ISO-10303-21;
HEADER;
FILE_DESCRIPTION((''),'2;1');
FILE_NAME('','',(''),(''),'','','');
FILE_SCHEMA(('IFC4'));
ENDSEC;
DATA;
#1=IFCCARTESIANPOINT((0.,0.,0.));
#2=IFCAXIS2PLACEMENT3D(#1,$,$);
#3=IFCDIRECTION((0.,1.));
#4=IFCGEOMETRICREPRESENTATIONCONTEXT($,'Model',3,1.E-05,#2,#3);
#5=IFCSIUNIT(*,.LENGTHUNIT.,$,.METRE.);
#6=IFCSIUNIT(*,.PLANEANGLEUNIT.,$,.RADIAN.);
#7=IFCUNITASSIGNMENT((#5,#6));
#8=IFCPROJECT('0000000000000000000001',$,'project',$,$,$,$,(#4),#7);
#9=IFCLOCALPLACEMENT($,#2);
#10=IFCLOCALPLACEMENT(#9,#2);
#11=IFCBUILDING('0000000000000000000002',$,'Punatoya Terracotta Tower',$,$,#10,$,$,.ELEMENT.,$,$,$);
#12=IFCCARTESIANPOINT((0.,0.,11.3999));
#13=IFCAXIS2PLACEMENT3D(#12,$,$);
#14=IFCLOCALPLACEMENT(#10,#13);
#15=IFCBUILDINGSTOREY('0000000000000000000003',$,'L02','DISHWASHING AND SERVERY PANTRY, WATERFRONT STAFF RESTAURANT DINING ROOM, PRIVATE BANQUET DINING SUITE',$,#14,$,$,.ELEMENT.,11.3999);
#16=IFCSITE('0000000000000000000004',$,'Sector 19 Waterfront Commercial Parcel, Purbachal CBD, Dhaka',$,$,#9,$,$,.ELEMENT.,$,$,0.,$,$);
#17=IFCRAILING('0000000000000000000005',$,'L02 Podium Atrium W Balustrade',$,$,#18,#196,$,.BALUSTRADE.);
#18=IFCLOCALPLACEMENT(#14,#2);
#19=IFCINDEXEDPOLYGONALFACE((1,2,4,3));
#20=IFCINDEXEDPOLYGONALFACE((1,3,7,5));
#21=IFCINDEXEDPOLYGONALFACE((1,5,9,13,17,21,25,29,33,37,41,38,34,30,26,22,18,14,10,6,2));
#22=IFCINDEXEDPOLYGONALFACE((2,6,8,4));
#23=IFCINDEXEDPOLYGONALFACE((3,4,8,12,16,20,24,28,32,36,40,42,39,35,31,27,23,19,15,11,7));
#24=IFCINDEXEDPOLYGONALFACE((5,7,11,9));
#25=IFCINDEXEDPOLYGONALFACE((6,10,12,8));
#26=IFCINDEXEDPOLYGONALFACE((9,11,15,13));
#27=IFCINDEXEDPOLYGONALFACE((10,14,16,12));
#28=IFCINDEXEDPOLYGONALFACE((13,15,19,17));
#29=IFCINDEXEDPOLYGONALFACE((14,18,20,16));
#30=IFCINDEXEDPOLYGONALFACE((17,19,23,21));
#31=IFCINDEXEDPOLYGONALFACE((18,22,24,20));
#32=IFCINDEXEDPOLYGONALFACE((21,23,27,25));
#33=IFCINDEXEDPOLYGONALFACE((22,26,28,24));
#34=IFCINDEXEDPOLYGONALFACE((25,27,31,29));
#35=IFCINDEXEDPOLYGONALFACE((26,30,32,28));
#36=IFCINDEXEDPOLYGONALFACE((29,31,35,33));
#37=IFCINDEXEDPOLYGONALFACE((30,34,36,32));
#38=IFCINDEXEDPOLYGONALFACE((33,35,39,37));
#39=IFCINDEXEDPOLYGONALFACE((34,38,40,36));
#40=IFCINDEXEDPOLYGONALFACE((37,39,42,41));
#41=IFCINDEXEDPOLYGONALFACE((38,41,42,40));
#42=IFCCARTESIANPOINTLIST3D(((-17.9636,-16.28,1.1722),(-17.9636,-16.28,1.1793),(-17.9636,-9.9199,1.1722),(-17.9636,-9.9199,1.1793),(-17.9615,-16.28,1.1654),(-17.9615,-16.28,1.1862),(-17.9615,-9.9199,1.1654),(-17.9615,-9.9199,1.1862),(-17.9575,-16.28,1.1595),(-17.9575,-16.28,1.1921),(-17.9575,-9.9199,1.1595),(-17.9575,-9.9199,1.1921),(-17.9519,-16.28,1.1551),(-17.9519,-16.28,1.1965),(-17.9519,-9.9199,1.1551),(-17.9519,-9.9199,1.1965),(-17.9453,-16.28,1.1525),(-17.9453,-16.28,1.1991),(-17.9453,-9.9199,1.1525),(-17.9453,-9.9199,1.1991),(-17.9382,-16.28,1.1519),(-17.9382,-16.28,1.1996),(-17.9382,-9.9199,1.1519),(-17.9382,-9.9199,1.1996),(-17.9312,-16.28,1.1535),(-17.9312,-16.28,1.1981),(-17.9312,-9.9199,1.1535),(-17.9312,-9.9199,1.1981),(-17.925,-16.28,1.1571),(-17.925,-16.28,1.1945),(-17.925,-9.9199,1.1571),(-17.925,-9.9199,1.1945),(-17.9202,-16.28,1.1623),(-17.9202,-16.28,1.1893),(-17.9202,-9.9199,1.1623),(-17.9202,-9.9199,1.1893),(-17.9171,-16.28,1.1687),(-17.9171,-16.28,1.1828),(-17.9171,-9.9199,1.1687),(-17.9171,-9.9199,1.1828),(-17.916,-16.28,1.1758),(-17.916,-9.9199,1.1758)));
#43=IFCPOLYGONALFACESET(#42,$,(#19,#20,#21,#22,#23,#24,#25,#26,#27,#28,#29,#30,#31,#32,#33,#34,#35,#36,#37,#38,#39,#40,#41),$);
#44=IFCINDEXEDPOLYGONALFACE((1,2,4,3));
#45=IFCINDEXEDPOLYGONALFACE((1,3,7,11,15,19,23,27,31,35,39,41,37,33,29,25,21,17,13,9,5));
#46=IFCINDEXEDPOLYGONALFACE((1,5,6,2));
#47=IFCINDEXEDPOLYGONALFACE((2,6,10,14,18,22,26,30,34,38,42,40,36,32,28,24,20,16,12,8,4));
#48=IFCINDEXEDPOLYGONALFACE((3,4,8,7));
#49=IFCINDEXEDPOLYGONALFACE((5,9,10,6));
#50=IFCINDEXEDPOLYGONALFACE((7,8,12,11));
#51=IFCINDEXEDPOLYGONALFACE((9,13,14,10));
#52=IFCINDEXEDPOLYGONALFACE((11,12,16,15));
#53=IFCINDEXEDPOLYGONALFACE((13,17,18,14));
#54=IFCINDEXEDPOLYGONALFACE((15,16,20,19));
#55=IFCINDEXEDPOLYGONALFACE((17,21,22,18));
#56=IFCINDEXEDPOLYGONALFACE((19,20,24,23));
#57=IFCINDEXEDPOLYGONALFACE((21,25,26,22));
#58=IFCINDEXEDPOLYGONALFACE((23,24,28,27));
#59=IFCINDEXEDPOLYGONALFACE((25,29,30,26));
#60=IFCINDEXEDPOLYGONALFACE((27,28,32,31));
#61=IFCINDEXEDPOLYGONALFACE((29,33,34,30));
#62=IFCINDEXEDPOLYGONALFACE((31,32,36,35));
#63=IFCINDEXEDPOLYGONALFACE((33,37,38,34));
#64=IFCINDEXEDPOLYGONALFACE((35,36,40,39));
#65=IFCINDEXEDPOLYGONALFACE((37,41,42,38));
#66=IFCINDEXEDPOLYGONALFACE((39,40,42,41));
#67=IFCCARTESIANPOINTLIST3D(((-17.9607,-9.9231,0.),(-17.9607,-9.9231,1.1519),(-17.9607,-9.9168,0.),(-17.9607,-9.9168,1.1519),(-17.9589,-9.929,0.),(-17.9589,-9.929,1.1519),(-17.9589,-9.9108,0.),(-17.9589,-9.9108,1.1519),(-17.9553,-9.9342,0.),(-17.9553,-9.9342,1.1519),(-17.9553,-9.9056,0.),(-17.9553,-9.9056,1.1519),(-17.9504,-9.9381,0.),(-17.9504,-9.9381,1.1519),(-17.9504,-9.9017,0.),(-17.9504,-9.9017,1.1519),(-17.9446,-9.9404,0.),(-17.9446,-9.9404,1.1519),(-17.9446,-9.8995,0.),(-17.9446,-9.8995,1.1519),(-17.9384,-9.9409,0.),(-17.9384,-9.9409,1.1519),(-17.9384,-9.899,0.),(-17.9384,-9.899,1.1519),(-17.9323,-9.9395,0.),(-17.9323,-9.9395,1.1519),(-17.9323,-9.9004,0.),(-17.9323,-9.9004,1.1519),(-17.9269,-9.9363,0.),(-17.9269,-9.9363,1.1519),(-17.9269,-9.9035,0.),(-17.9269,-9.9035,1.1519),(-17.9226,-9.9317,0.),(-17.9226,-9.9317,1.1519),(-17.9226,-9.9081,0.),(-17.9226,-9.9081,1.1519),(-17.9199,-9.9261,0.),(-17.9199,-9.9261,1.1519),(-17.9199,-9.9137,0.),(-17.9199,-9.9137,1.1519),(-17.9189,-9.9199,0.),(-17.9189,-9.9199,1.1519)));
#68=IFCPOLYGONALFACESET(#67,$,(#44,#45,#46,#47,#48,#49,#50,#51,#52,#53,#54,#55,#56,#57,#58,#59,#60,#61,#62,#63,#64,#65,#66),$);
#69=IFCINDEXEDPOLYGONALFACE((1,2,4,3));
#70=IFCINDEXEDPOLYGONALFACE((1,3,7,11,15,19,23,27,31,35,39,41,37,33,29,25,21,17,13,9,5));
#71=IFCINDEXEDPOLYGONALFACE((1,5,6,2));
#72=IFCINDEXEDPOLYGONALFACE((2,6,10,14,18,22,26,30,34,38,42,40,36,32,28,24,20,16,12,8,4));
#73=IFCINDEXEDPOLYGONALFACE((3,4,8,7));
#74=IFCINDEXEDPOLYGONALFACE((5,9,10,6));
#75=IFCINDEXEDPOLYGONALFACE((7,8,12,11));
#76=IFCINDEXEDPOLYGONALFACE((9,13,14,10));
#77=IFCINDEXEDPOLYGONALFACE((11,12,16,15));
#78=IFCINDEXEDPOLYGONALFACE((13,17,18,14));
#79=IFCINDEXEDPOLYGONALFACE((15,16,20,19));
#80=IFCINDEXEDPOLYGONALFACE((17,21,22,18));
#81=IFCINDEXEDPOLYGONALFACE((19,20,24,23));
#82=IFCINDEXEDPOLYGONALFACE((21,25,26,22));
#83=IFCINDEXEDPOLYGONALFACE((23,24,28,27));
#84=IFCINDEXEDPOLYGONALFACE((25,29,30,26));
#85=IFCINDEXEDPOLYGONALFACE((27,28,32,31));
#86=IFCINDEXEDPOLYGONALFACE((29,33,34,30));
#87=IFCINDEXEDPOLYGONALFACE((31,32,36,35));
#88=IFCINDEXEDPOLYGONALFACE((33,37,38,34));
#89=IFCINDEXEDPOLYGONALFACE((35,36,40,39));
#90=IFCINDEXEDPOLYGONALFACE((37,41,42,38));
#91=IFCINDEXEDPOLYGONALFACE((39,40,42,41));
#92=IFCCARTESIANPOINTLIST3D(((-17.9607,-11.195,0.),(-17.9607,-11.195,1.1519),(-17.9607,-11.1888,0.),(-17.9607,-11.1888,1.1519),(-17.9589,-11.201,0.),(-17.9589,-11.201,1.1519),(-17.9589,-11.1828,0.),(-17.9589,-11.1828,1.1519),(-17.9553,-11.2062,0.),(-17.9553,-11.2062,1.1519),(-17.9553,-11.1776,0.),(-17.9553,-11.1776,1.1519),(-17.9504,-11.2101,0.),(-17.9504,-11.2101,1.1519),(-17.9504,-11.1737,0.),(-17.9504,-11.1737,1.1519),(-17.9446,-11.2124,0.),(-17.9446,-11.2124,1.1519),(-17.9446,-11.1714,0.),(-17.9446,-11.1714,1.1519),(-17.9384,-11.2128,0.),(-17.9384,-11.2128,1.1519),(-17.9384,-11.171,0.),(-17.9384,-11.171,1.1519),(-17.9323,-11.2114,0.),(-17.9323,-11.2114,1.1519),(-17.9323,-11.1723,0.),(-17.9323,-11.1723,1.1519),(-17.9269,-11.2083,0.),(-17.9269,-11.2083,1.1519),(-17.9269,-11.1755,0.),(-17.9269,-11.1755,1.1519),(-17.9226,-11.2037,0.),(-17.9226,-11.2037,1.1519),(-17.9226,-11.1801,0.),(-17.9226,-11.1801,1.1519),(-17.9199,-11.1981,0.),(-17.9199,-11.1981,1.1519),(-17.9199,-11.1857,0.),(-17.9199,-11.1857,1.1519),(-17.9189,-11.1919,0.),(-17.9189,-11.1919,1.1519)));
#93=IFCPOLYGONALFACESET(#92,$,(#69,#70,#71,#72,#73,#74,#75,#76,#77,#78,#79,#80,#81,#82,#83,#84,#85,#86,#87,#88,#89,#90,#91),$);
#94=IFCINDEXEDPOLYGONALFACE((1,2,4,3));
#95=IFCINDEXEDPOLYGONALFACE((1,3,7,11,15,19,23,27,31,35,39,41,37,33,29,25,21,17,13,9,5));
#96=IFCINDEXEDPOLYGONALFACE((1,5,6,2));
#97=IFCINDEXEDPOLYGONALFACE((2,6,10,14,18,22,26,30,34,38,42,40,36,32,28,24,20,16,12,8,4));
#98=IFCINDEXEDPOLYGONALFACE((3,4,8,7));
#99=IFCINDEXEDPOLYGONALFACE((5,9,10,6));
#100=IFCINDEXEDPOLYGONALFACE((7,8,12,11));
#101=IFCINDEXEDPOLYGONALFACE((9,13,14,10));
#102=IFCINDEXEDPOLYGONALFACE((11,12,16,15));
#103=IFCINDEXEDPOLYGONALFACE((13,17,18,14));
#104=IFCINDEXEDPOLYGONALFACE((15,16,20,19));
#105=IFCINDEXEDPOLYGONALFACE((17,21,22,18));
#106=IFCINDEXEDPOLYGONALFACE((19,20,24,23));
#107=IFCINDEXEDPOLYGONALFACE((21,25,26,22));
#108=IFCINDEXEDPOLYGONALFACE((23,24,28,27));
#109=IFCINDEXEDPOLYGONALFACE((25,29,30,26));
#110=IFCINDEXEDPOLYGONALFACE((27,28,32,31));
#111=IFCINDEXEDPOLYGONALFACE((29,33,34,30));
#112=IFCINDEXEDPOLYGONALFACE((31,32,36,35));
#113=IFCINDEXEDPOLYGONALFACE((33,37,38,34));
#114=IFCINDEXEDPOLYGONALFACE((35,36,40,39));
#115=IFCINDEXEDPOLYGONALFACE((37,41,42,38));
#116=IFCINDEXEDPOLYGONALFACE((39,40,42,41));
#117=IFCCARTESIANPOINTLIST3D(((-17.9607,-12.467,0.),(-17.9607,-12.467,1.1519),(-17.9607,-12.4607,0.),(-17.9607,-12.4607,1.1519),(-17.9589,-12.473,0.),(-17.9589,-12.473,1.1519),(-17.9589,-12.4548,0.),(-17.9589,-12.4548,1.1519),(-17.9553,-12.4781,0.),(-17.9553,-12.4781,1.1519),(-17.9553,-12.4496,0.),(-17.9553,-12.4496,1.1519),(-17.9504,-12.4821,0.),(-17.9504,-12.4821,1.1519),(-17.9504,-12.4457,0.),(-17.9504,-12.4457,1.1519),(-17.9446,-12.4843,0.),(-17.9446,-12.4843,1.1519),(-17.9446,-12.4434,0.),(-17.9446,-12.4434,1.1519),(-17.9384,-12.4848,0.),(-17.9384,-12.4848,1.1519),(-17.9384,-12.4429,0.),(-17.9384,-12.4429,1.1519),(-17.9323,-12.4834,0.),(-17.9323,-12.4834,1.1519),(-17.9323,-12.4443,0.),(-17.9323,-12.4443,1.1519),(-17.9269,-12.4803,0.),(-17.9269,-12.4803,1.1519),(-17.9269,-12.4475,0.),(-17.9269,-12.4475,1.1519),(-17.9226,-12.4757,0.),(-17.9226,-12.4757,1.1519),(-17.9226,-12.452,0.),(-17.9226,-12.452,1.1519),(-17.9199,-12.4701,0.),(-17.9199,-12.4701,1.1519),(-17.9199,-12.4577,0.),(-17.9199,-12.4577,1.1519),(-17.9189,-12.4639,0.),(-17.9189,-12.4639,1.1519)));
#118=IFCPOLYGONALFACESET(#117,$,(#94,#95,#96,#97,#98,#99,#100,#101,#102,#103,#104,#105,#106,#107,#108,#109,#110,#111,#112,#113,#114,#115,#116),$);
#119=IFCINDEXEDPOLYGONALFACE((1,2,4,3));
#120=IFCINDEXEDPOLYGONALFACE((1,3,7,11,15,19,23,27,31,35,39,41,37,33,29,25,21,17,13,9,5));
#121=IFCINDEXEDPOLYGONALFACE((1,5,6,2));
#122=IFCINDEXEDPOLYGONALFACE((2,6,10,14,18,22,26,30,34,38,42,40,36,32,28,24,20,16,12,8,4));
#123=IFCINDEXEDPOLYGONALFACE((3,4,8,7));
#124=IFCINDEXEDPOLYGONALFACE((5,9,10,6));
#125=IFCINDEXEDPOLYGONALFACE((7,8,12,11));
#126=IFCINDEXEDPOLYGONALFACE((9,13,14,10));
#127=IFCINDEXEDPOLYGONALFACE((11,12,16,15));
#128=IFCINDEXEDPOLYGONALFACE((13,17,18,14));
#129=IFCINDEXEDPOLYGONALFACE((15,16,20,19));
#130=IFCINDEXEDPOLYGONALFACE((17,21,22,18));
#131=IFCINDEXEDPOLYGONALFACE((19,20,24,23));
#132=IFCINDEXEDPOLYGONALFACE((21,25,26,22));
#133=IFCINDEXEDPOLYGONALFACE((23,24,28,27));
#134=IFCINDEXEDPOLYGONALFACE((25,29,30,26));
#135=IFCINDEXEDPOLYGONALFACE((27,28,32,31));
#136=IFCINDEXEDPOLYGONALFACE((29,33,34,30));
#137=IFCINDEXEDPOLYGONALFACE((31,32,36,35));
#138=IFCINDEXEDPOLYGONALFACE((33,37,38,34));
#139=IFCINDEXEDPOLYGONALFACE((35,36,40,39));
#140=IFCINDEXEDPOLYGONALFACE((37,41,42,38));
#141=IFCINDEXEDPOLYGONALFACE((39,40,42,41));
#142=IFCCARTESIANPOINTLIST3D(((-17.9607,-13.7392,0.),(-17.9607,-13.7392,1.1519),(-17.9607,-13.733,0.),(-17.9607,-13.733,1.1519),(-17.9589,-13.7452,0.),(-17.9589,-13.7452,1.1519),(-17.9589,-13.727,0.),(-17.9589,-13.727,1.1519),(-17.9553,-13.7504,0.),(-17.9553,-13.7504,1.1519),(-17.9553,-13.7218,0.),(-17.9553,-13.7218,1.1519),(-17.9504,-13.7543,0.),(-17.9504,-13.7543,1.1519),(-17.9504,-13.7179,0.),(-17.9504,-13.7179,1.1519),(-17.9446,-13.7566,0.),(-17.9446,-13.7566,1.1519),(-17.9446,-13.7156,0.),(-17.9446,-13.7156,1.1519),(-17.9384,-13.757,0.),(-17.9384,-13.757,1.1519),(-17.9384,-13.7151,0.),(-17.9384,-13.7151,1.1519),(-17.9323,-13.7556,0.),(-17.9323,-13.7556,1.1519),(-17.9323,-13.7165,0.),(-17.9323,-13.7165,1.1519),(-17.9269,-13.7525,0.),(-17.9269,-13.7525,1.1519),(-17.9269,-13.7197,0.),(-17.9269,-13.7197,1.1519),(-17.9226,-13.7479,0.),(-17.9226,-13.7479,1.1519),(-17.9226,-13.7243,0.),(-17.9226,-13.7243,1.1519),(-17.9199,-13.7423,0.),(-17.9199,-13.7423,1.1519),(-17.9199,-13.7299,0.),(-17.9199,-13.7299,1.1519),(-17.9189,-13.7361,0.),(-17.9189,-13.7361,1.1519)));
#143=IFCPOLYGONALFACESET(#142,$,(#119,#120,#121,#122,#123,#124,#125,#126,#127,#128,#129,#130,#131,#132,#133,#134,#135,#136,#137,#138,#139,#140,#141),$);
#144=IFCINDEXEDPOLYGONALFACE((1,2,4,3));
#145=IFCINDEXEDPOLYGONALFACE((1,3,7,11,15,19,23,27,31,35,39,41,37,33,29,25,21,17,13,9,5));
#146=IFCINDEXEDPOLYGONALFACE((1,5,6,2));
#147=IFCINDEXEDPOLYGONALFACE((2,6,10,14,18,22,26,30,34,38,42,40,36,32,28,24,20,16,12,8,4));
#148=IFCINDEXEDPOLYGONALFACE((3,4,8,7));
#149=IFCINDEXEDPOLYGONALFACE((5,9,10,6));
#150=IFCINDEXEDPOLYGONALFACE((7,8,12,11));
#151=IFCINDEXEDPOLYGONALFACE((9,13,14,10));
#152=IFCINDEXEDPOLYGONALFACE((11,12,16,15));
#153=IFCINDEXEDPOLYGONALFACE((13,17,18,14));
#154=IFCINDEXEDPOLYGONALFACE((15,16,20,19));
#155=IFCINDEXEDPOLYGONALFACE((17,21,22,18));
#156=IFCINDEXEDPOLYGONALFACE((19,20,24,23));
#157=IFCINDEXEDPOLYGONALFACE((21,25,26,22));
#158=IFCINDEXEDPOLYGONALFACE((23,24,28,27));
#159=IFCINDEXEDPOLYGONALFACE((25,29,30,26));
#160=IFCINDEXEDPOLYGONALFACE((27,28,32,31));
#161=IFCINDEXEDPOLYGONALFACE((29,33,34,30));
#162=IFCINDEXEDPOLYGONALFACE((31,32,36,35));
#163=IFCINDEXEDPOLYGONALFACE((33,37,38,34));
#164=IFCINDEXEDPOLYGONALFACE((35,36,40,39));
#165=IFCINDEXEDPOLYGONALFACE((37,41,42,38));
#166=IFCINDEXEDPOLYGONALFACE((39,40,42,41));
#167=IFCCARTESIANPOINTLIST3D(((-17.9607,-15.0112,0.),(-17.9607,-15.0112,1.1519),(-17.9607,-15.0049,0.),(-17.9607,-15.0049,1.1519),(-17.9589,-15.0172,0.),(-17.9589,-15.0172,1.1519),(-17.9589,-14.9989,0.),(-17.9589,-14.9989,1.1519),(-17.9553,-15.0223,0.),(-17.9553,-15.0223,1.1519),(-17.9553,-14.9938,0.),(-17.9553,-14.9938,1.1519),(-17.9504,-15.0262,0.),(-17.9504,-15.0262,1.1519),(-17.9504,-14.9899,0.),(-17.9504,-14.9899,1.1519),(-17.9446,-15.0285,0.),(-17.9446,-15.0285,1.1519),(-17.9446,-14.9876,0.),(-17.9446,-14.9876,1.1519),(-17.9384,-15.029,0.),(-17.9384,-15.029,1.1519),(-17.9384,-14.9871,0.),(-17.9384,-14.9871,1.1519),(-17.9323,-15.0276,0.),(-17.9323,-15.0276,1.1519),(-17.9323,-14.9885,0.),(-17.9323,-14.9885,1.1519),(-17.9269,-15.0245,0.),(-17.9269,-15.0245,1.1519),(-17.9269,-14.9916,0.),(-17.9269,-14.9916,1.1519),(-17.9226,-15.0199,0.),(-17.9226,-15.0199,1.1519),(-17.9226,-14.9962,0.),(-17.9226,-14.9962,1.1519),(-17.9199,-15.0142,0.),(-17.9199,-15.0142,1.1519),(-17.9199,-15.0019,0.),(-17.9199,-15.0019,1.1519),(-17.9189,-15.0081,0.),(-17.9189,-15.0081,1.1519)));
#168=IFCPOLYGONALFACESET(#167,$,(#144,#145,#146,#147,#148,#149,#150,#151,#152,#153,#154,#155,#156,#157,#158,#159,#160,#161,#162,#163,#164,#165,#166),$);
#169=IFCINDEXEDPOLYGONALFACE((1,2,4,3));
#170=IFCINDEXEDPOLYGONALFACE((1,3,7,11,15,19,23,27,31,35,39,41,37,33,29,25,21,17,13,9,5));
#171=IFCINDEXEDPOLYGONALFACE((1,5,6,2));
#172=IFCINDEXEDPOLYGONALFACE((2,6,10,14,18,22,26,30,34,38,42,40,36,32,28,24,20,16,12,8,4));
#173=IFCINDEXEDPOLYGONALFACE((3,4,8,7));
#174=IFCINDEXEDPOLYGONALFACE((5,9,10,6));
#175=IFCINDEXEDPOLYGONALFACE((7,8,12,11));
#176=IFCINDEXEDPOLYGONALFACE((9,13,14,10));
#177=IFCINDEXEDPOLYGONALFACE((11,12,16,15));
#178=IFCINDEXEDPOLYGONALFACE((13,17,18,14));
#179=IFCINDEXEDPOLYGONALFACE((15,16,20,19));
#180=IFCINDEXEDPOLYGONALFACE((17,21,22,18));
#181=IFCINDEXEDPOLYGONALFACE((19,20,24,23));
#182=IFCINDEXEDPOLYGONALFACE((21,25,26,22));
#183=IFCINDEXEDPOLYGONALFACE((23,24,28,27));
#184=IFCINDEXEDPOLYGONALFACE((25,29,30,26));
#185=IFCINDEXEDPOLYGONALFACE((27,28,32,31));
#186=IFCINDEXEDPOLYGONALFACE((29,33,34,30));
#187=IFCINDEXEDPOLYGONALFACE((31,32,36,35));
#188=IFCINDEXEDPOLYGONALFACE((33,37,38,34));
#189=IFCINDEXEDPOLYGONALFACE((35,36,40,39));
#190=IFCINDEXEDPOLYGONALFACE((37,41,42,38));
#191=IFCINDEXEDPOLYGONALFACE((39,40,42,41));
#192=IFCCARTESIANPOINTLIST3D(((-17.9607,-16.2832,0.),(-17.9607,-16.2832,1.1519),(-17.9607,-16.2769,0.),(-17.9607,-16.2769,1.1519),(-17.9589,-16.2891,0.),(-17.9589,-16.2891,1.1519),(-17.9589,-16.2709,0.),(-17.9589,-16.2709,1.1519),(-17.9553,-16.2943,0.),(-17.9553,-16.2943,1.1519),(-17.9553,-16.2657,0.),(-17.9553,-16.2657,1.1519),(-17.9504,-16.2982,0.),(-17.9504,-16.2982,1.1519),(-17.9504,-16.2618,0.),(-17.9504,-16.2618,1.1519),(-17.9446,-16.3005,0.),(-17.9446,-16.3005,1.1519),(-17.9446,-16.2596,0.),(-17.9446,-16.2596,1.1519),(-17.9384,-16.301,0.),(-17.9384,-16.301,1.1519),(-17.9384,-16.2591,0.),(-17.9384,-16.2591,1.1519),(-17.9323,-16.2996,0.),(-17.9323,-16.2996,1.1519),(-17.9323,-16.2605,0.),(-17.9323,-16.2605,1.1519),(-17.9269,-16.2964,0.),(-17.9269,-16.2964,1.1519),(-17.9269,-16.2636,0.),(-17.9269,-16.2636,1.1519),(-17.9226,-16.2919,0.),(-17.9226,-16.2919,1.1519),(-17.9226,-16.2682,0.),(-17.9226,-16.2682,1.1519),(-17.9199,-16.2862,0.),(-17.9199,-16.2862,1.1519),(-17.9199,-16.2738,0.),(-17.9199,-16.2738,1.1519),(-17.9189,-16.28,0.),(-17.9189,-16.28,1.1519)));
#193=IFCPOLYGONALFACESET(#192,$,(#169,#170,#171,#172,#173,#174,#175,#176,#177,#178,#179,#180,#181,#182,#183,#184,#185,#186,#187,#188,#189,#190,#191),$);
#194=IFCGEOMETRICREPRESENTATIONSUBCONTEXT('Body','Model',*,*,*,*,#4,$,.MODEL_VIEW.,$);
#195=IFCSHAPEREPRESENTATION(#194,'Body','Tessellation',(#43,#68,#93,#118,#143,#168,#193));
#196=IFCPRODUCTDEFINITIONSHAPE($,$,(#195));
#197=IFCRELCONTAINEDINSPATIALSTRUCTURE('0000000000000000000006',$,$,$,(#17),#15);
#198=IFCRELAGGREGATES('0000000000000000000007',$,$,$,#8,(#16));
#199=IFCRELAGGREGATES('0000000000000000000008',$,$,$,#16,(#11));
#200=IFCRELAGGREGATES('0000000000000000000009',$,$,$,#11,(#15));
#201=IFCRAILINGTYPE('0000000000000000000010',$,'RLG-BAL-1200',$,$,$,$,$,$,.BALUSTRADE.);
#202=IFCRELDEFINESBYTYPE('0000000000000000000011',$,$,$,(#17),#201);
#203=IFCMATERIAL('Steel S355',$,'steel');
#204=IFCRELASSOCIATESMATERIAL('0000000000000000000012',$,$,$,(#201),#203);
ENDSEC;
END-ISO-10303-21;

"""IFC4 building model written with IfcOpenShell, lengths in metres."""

from ifc_helpers import new_model, si_unit, direction, frame, origin, origin_2d, place, context, subcontext, project, spatial, circle, extrude, material, type_object, element, save


model = new_model("IFC4")

# Units and contexts
model_context = context("Model", 3, precision=1e-05, world=origin(), true_north=direction((0.0, 1.0)))
body_context = subcontext(model_context, "Body", "Model", "MODEL_VIEW")
ifc_project = project(units=[si_unit("LENGTHUNIT", "METRE"), si_unit("PLANEANGLEUNIT", "RADIAN")], contexts=[model_context])

# Site, building, storey
site_placement = place(None, origin())
site = spatial("IfcSite", under=ifc_project, at=site_placement, Name="Sector 19 Waterfront Commercial Parcel, Purbachal CBD, Dhaka", CompositionType="ELEMENT", RefElevation=0.0)
building_placement = place(site_placement, origin())
building = spatial("IfcBuilding", under=site, at=building_placement, Name="Punatoya Terracotta Tower", CompositionType="ELEMENT")
storey_placement = place(building_placement, frame((0.0, 0.0, 11.3999)))
storey = spatial("IfcBuildingStorey", under=building, at=storey_placement, Name="L02", Description="DISHWASHING AND SERVERY PANTRY, WATERFRONT STAFF RESTAURANT DINING ROOM, PRIVATE BANQUET DINING SUITE", CompositionType="ELEMENT", Elevation=11.3999)

# Shared definitions
ifc_material_1 = material(Name="Steel S355", Category="steel")

# Railing
railing_type_1 = type_object("IfcRailingType", Name="RLG-BAL-1200", PredefinedType="BALUSTRADE", material=ifc_material_1)
railing_1_placement = place(storey_placement, frame((-17.9399, -9.9199, 0.0)))
element("IfcRailing", 1, at=railing_1_placement, inside=storey, type_object=railing_type_1, Name="L02 Podium Atrium W Balustrade", PredefinedType="BALUSTRADE", context=body_context, shape_type="SweptSolid", body=[
    extrude(circle(Radius=0.0239, at=origin_2d()), frame((0.0, 0.0, 1.1758), z_axis=(0.0, -1.0, 0.0), x_axis=(1.0, 0.0, 0.0)), (0.0, 0.0, 1.0), 6.3601),
    extrude(circle(Radius=0.021, at=origin_2d()), origin(), (0.0, 0.0, 1.0), 1.1519),
    extrude(circle(Radius=0.021, at=origin_2d()), frame((0.0, -1.272, 0.0)), (0.0, 0.0, 1.0), 1.1519),
    extrude(circle(Radius=0.021, at=origin_2d()), frame((0.0, -2.5439, 0.0)), (0.0, 0.0, 1.0), 1.1519),
    extrude(circle(Radius=0.021, at=origin_2d()), frame((0.0, -3.8162, 0.0)), (0.0, 0.0, 1.0), 1.1519),
    extrude(circle(Radius=0.021, at=origin_2d()), frame((0.0, -5.0881, 0.0)), (0.0, 0.0, 1.0), 1.1519),
    extrude(circle(Radius=0.021, at=origin_2d()), frame((0.0, -6.3601, 0.0)), (0.0, 0.0, 1.0), 1.1519),
])

save(model, "model.ifc")
